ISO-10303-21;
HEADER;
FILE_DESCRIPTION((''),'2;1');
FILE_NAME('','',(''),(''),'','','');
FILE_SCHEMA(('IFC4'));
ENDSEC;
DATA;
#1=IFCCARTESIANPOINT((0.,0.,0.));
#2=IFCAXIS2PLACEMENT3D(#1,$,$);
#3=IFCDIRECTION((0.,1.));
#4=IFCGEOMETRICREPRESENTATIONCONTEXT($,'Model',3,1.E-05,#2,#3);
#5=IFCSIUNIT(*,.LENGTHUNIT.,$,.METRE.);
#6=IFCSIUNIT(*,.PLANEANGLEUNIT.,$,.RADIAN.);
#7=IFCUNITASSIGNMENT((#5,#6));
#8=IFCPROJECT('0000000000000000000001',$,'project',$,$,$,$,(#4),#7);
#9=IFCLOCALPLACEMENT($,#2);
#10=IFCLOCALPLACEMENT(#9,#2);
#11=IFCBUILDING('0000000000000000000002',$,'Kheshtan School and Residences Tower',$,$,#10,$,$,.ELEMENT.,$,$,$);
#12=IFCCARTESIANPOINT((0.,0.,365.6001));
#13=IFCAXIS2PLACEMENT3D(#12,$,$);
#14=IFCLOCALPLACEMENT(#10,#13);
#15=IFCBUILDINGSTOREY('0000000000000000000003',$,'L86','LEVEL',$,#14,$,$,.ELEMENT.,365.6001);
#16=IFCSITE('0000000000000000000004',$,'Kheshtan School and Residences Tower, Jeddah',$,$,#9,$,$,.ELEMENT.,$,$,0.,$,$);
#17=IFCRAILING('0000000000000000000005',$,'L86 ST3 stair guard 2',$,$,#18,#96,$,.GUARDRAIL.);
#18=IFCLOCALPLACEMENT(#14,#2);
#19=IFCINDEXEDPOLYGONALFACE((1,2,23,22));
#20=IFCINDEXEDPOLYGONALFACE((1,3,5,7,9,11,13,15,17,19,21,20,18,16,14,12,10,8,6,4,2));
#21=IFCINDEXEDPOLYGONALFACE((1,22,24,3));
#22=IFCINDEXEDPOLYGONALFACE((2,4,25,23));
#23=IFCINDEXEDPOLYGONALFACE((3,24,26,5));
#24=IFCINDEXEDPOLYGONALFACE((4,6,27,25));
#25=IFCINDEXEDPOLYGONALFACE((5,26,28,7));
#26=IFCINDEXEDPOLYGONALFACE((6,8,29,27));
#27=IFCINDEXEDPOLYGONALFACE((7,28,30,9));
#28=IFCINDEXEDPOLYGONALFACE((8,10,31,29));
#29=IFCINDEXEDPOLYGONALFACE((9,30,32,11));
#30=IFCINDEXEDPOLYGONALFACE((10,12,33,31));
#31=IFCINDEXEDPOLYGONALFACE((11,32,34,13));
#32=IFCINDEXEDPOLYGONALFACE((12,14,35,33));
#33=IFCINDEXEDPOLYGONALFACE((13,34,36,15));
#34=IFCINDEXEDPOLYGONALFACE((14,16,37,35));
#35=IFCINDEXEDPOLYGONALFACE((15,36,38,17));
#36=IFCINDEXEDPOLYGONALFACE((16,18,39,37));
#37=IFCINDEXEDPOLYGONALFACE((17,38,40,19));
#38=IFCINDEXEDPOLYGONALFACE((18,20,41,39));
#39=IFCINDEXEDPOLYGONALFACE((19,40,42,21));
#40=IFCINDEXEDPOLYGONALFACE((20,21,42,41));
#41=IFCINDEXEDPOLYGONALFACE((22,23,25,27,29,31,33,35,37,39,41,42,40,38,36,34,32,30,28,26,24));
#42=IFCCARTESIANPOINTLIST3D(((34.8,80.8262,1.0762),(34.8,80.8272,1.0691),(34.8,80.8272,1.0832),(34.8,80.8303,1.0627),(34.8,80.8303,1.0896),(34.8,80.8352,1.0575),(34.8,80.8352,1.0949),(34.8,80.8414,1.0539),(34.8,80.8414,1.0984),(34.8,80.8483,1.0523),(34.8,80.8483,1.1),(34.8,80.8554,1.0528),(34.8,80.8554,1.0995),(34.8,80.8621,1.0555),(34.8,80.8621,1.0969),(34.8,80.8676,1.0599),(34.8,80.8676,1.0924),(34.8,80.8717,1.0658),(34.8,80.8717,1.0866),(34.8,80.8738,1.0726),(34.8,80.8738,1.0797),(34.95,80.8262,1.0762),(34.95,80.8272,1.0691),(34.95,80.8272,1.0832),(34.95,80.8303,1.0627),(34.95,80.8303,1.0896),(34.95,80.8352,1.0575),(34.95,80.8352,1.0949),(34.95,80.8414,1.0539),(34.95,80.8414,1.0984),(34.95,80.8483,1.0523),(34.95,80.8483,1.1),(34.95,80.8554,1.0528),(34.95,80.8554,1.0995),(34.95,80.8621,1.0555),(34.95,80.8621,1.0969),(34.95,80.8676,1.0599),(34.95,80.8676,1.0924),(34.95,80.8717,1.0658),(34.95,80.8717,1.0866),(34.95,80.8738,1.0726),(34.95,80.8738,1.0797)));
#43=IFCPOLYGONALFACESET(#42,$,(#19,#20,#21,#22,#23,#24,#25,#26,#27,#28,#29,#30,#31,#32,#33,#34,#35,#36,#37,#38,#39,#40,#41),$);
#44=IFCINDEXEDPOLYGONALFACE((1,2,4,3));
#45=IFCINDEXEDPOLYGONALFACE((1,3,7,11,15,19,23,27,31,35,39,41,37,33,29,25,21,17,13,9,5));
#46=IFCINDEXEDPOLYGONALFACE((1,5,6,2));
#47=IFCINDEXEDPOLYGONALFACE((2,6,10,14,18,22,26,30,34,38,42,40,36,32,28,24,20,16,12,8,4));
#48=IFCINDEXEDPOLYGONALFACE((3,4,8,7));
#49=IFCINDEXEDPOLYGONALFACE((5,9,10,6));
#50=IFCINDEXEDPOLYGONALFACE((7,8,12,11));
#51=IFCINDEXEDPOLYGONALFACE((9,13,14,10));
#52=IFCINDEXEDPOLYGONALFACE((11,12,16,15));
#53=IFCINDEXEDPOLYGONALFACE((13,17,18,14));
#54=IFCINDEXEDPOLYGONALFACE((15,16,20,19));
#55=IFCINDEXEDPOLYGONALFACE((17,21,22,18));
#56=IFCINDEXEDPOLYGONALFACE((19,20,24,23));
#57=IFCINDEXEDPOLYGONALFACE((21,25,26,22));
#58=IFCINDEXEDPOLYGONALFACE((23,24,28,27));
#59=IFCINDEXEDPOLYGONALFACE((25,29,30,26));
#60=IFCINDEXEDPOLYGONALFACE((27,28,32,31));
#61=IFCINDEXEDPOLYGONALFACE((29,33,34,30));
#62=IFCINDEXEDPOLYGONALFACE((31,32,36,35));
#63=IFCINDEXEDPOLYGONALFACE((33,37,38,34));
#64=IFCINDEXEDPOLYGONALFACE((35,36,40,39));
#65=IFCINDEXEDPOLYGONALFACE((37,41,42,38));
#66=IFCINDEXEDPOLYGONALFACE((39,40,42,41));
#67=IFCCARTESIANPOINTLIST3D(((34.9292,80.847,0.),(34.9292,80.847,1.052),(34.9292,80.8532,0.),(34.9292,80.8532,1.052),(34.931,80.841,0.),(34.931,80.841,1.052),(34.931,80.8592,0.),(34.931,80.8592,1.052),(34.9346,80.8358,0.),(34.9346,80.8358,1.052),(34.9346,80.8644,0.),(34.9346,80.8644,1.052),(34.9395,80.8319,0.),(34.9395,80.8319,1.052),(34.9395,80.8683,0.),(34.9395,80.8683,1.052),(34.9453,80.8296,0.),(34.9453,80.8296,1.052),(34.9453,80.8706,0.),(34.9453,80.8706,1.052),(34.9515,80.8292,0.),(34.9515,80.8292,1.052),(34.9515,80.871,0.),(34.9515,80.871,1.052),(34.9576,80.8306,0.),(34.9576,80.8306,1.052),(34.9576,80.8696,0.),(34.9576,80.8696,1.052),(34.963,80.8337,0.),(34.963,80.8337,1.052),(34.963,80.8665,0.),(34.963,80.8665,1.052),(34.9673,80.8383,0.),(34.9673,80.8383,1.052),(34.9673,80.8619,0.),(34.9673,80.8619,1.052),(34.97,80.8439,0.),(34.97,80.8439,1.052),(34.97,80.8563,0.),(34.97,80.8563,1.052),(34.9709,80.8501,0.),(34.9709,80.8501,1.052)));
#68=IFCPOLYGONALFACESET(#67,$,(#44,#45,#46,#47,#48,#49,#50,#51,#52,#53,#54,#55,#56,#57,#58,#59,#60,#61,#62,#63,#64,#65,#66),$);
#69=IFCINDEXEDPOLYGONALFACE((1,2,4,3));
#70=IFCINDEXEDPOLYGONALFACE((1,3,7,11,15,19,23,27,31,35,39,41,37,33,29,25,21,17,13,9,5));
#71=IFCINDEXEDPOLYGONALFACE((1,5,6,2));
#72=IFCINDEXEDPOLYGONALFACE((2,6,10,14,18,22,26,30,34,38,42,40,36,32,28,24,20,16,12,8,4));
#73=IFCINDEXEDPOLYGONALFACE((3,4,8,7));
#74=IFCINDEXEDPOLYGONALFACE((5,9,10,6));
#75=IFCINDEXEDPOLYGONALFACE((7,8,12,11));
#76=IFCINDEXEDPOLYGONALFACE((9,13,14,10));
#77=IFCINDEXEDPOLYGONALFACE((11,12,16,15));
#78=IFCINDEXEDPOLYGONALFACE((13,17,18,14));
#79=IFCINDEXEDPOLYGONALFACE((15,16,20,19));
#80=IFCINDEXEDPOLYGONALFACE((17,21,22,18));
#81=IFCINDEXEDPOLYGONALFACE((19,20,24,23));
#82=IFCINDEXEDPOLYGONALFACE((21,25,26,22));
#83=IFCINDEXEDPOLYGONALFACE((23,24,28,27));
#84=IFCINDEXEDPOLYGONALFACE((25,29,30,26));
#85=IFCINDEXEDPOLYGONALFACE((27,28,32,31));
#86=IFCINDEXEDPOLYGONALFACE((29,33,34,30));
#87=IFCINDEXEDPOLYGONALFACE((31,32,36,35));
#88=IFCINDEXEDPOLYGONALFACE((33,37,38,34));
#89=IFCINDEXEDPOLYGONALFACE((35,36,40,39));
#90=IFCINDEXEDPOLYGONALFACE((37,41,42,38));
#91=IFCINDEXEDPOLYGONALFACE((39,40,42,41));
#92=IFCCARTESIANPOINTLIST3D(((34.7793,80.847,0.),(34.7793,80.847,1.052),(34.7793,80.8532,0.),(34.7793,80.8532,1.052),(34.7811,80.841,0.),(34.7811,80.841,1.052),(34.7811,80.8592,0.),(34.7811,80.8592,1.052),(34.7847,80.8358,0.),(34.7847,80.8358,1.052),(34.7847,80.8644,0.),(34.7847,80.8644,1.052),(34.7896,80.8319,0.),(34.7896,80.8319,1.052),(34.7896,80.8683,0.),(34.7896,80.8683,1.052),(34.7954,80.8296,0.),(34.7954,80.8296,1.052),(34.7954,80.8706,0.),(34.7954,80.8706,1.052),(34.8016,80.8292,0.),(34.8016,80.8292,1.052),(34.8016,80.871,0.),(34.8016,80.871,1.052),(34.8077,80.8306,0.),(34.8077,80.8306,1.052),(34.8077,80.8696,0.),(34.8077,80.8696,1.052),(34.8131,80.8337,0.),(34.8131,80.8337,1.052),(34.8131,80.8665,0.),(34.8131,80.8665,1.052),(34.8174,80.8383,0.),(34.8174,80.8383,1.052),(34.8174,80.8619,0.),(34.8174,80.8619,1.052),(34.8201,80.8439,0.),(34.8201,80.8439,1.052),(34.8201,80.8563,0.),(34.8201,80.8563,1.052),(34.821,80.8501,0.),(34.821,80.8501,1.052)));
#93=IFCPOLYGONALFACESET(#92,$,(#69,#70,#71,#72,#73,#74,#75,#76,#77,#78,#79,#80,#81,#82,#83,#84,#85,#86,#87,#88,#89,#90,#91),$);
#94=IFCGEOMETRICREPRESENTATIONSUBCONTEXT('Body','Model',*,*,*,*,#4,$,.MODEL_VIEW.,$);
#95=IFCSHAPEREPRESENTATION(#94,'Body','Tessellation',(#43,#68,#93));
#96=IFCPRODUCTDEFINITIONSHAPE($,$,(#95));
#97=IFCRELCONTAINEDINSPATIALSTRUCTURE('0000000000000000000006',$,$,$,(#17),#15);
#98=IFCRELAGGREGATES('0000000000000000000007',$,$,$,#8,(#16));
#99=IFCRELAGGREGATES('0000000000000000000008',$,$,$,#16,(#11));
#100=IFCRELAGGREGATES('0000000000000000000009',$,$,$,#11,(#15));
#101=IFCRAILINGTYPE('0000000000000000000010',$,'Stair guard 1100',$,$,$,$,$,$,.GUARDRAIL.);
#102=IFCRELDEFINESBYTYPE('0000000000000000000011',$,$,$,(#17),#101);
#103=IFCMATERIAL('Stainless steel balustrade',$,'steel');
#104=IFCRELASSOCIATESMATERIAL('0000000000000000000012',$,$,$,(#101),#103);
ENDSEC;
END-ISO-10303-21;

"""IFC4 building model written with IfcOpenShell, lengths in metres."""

from ifc_helpers import new_model, si_unit, direction, frame, origin, origin_2d, place, context, subcontext, project, spatial, circle, extrude, material, type_object, element, save


model = new_model("IFC4")

# Units and contexts
model_context = context("Model", 3, precision=1e-05, world=origin(), true_north=direction((0.0, 1.0)))
body_context = subcontext(model_context, "Body", "Model", "MODEL_VIEW")
ifc_project = project(units=[si_unit("LENGTHUNIT", "METRE"), si_unit("PLANEANGLEUNIT", "RADIAN")], contexts=[model_context])

# Site, building, storey
site_placement = place(None, origin())
site = spatial("IfcSite", under=ifc_project, at=site_placement, Name="Kheshtan School and Residences Tower, Jeddah", CompositionType="ELEMENT", RefElevation=0.0)
building_placement = place(site_placement, origin())
building = spatial("IfcBuilding", under=site, at=building_placement, Name="Kheshtan School and Residences Tower", CompositionType="ELEMENT")
storey_placement = place(building_placement, frame((0.0, 0.0, 365.6001)))
storey = spatial("IfcBuildingStorey", under=building, at=storey_placement, Name="L86", Description="LEVEL", CompositionType="ELEMENT", Elevation=365.6001)

# Railing
ifc_material_1 = material(Name="Stainless steel balustrade", Category="steel")
railing_type_1 = type_object("IfcRailingType", Name="Stair guard 1100", PredefinedType="GUARDRAIL", material=ifc_material_1)
railing_1_placement = place(storey_placement, frame((34.95, 80.8501, 0.0)))
element("IfcRailing", 1, at=railing_1_placement, inside=storey, type_object=railing_type_1, Name="L86 ST3 stair guard 2", PredefinedType="GUARDRAIL", context=body_context, shape_type="SweptSolid", body=[
    extrude(circle(Radius=0.0239, at=origin_2d()), frame((0.0, 0.0, 1.0762), z_axis=(-1.0, 0.0, 0.0), x_axis=(0.0, -1.0, 0.0)), (0.0, 0.0, 1.0), 0.1499),
    extrude(circle(Radius=0.021, at=origin_2d()), origin(), (0.0, 0.0, 1.0), 1.052),
    extrude(circle(Radius=0.021, at=origin_2d()), frame((-0.1499, 0.0, 0.0)), (0.0, 0.0, 1.0), 1.052),
])

save(model, "model.ifc")
